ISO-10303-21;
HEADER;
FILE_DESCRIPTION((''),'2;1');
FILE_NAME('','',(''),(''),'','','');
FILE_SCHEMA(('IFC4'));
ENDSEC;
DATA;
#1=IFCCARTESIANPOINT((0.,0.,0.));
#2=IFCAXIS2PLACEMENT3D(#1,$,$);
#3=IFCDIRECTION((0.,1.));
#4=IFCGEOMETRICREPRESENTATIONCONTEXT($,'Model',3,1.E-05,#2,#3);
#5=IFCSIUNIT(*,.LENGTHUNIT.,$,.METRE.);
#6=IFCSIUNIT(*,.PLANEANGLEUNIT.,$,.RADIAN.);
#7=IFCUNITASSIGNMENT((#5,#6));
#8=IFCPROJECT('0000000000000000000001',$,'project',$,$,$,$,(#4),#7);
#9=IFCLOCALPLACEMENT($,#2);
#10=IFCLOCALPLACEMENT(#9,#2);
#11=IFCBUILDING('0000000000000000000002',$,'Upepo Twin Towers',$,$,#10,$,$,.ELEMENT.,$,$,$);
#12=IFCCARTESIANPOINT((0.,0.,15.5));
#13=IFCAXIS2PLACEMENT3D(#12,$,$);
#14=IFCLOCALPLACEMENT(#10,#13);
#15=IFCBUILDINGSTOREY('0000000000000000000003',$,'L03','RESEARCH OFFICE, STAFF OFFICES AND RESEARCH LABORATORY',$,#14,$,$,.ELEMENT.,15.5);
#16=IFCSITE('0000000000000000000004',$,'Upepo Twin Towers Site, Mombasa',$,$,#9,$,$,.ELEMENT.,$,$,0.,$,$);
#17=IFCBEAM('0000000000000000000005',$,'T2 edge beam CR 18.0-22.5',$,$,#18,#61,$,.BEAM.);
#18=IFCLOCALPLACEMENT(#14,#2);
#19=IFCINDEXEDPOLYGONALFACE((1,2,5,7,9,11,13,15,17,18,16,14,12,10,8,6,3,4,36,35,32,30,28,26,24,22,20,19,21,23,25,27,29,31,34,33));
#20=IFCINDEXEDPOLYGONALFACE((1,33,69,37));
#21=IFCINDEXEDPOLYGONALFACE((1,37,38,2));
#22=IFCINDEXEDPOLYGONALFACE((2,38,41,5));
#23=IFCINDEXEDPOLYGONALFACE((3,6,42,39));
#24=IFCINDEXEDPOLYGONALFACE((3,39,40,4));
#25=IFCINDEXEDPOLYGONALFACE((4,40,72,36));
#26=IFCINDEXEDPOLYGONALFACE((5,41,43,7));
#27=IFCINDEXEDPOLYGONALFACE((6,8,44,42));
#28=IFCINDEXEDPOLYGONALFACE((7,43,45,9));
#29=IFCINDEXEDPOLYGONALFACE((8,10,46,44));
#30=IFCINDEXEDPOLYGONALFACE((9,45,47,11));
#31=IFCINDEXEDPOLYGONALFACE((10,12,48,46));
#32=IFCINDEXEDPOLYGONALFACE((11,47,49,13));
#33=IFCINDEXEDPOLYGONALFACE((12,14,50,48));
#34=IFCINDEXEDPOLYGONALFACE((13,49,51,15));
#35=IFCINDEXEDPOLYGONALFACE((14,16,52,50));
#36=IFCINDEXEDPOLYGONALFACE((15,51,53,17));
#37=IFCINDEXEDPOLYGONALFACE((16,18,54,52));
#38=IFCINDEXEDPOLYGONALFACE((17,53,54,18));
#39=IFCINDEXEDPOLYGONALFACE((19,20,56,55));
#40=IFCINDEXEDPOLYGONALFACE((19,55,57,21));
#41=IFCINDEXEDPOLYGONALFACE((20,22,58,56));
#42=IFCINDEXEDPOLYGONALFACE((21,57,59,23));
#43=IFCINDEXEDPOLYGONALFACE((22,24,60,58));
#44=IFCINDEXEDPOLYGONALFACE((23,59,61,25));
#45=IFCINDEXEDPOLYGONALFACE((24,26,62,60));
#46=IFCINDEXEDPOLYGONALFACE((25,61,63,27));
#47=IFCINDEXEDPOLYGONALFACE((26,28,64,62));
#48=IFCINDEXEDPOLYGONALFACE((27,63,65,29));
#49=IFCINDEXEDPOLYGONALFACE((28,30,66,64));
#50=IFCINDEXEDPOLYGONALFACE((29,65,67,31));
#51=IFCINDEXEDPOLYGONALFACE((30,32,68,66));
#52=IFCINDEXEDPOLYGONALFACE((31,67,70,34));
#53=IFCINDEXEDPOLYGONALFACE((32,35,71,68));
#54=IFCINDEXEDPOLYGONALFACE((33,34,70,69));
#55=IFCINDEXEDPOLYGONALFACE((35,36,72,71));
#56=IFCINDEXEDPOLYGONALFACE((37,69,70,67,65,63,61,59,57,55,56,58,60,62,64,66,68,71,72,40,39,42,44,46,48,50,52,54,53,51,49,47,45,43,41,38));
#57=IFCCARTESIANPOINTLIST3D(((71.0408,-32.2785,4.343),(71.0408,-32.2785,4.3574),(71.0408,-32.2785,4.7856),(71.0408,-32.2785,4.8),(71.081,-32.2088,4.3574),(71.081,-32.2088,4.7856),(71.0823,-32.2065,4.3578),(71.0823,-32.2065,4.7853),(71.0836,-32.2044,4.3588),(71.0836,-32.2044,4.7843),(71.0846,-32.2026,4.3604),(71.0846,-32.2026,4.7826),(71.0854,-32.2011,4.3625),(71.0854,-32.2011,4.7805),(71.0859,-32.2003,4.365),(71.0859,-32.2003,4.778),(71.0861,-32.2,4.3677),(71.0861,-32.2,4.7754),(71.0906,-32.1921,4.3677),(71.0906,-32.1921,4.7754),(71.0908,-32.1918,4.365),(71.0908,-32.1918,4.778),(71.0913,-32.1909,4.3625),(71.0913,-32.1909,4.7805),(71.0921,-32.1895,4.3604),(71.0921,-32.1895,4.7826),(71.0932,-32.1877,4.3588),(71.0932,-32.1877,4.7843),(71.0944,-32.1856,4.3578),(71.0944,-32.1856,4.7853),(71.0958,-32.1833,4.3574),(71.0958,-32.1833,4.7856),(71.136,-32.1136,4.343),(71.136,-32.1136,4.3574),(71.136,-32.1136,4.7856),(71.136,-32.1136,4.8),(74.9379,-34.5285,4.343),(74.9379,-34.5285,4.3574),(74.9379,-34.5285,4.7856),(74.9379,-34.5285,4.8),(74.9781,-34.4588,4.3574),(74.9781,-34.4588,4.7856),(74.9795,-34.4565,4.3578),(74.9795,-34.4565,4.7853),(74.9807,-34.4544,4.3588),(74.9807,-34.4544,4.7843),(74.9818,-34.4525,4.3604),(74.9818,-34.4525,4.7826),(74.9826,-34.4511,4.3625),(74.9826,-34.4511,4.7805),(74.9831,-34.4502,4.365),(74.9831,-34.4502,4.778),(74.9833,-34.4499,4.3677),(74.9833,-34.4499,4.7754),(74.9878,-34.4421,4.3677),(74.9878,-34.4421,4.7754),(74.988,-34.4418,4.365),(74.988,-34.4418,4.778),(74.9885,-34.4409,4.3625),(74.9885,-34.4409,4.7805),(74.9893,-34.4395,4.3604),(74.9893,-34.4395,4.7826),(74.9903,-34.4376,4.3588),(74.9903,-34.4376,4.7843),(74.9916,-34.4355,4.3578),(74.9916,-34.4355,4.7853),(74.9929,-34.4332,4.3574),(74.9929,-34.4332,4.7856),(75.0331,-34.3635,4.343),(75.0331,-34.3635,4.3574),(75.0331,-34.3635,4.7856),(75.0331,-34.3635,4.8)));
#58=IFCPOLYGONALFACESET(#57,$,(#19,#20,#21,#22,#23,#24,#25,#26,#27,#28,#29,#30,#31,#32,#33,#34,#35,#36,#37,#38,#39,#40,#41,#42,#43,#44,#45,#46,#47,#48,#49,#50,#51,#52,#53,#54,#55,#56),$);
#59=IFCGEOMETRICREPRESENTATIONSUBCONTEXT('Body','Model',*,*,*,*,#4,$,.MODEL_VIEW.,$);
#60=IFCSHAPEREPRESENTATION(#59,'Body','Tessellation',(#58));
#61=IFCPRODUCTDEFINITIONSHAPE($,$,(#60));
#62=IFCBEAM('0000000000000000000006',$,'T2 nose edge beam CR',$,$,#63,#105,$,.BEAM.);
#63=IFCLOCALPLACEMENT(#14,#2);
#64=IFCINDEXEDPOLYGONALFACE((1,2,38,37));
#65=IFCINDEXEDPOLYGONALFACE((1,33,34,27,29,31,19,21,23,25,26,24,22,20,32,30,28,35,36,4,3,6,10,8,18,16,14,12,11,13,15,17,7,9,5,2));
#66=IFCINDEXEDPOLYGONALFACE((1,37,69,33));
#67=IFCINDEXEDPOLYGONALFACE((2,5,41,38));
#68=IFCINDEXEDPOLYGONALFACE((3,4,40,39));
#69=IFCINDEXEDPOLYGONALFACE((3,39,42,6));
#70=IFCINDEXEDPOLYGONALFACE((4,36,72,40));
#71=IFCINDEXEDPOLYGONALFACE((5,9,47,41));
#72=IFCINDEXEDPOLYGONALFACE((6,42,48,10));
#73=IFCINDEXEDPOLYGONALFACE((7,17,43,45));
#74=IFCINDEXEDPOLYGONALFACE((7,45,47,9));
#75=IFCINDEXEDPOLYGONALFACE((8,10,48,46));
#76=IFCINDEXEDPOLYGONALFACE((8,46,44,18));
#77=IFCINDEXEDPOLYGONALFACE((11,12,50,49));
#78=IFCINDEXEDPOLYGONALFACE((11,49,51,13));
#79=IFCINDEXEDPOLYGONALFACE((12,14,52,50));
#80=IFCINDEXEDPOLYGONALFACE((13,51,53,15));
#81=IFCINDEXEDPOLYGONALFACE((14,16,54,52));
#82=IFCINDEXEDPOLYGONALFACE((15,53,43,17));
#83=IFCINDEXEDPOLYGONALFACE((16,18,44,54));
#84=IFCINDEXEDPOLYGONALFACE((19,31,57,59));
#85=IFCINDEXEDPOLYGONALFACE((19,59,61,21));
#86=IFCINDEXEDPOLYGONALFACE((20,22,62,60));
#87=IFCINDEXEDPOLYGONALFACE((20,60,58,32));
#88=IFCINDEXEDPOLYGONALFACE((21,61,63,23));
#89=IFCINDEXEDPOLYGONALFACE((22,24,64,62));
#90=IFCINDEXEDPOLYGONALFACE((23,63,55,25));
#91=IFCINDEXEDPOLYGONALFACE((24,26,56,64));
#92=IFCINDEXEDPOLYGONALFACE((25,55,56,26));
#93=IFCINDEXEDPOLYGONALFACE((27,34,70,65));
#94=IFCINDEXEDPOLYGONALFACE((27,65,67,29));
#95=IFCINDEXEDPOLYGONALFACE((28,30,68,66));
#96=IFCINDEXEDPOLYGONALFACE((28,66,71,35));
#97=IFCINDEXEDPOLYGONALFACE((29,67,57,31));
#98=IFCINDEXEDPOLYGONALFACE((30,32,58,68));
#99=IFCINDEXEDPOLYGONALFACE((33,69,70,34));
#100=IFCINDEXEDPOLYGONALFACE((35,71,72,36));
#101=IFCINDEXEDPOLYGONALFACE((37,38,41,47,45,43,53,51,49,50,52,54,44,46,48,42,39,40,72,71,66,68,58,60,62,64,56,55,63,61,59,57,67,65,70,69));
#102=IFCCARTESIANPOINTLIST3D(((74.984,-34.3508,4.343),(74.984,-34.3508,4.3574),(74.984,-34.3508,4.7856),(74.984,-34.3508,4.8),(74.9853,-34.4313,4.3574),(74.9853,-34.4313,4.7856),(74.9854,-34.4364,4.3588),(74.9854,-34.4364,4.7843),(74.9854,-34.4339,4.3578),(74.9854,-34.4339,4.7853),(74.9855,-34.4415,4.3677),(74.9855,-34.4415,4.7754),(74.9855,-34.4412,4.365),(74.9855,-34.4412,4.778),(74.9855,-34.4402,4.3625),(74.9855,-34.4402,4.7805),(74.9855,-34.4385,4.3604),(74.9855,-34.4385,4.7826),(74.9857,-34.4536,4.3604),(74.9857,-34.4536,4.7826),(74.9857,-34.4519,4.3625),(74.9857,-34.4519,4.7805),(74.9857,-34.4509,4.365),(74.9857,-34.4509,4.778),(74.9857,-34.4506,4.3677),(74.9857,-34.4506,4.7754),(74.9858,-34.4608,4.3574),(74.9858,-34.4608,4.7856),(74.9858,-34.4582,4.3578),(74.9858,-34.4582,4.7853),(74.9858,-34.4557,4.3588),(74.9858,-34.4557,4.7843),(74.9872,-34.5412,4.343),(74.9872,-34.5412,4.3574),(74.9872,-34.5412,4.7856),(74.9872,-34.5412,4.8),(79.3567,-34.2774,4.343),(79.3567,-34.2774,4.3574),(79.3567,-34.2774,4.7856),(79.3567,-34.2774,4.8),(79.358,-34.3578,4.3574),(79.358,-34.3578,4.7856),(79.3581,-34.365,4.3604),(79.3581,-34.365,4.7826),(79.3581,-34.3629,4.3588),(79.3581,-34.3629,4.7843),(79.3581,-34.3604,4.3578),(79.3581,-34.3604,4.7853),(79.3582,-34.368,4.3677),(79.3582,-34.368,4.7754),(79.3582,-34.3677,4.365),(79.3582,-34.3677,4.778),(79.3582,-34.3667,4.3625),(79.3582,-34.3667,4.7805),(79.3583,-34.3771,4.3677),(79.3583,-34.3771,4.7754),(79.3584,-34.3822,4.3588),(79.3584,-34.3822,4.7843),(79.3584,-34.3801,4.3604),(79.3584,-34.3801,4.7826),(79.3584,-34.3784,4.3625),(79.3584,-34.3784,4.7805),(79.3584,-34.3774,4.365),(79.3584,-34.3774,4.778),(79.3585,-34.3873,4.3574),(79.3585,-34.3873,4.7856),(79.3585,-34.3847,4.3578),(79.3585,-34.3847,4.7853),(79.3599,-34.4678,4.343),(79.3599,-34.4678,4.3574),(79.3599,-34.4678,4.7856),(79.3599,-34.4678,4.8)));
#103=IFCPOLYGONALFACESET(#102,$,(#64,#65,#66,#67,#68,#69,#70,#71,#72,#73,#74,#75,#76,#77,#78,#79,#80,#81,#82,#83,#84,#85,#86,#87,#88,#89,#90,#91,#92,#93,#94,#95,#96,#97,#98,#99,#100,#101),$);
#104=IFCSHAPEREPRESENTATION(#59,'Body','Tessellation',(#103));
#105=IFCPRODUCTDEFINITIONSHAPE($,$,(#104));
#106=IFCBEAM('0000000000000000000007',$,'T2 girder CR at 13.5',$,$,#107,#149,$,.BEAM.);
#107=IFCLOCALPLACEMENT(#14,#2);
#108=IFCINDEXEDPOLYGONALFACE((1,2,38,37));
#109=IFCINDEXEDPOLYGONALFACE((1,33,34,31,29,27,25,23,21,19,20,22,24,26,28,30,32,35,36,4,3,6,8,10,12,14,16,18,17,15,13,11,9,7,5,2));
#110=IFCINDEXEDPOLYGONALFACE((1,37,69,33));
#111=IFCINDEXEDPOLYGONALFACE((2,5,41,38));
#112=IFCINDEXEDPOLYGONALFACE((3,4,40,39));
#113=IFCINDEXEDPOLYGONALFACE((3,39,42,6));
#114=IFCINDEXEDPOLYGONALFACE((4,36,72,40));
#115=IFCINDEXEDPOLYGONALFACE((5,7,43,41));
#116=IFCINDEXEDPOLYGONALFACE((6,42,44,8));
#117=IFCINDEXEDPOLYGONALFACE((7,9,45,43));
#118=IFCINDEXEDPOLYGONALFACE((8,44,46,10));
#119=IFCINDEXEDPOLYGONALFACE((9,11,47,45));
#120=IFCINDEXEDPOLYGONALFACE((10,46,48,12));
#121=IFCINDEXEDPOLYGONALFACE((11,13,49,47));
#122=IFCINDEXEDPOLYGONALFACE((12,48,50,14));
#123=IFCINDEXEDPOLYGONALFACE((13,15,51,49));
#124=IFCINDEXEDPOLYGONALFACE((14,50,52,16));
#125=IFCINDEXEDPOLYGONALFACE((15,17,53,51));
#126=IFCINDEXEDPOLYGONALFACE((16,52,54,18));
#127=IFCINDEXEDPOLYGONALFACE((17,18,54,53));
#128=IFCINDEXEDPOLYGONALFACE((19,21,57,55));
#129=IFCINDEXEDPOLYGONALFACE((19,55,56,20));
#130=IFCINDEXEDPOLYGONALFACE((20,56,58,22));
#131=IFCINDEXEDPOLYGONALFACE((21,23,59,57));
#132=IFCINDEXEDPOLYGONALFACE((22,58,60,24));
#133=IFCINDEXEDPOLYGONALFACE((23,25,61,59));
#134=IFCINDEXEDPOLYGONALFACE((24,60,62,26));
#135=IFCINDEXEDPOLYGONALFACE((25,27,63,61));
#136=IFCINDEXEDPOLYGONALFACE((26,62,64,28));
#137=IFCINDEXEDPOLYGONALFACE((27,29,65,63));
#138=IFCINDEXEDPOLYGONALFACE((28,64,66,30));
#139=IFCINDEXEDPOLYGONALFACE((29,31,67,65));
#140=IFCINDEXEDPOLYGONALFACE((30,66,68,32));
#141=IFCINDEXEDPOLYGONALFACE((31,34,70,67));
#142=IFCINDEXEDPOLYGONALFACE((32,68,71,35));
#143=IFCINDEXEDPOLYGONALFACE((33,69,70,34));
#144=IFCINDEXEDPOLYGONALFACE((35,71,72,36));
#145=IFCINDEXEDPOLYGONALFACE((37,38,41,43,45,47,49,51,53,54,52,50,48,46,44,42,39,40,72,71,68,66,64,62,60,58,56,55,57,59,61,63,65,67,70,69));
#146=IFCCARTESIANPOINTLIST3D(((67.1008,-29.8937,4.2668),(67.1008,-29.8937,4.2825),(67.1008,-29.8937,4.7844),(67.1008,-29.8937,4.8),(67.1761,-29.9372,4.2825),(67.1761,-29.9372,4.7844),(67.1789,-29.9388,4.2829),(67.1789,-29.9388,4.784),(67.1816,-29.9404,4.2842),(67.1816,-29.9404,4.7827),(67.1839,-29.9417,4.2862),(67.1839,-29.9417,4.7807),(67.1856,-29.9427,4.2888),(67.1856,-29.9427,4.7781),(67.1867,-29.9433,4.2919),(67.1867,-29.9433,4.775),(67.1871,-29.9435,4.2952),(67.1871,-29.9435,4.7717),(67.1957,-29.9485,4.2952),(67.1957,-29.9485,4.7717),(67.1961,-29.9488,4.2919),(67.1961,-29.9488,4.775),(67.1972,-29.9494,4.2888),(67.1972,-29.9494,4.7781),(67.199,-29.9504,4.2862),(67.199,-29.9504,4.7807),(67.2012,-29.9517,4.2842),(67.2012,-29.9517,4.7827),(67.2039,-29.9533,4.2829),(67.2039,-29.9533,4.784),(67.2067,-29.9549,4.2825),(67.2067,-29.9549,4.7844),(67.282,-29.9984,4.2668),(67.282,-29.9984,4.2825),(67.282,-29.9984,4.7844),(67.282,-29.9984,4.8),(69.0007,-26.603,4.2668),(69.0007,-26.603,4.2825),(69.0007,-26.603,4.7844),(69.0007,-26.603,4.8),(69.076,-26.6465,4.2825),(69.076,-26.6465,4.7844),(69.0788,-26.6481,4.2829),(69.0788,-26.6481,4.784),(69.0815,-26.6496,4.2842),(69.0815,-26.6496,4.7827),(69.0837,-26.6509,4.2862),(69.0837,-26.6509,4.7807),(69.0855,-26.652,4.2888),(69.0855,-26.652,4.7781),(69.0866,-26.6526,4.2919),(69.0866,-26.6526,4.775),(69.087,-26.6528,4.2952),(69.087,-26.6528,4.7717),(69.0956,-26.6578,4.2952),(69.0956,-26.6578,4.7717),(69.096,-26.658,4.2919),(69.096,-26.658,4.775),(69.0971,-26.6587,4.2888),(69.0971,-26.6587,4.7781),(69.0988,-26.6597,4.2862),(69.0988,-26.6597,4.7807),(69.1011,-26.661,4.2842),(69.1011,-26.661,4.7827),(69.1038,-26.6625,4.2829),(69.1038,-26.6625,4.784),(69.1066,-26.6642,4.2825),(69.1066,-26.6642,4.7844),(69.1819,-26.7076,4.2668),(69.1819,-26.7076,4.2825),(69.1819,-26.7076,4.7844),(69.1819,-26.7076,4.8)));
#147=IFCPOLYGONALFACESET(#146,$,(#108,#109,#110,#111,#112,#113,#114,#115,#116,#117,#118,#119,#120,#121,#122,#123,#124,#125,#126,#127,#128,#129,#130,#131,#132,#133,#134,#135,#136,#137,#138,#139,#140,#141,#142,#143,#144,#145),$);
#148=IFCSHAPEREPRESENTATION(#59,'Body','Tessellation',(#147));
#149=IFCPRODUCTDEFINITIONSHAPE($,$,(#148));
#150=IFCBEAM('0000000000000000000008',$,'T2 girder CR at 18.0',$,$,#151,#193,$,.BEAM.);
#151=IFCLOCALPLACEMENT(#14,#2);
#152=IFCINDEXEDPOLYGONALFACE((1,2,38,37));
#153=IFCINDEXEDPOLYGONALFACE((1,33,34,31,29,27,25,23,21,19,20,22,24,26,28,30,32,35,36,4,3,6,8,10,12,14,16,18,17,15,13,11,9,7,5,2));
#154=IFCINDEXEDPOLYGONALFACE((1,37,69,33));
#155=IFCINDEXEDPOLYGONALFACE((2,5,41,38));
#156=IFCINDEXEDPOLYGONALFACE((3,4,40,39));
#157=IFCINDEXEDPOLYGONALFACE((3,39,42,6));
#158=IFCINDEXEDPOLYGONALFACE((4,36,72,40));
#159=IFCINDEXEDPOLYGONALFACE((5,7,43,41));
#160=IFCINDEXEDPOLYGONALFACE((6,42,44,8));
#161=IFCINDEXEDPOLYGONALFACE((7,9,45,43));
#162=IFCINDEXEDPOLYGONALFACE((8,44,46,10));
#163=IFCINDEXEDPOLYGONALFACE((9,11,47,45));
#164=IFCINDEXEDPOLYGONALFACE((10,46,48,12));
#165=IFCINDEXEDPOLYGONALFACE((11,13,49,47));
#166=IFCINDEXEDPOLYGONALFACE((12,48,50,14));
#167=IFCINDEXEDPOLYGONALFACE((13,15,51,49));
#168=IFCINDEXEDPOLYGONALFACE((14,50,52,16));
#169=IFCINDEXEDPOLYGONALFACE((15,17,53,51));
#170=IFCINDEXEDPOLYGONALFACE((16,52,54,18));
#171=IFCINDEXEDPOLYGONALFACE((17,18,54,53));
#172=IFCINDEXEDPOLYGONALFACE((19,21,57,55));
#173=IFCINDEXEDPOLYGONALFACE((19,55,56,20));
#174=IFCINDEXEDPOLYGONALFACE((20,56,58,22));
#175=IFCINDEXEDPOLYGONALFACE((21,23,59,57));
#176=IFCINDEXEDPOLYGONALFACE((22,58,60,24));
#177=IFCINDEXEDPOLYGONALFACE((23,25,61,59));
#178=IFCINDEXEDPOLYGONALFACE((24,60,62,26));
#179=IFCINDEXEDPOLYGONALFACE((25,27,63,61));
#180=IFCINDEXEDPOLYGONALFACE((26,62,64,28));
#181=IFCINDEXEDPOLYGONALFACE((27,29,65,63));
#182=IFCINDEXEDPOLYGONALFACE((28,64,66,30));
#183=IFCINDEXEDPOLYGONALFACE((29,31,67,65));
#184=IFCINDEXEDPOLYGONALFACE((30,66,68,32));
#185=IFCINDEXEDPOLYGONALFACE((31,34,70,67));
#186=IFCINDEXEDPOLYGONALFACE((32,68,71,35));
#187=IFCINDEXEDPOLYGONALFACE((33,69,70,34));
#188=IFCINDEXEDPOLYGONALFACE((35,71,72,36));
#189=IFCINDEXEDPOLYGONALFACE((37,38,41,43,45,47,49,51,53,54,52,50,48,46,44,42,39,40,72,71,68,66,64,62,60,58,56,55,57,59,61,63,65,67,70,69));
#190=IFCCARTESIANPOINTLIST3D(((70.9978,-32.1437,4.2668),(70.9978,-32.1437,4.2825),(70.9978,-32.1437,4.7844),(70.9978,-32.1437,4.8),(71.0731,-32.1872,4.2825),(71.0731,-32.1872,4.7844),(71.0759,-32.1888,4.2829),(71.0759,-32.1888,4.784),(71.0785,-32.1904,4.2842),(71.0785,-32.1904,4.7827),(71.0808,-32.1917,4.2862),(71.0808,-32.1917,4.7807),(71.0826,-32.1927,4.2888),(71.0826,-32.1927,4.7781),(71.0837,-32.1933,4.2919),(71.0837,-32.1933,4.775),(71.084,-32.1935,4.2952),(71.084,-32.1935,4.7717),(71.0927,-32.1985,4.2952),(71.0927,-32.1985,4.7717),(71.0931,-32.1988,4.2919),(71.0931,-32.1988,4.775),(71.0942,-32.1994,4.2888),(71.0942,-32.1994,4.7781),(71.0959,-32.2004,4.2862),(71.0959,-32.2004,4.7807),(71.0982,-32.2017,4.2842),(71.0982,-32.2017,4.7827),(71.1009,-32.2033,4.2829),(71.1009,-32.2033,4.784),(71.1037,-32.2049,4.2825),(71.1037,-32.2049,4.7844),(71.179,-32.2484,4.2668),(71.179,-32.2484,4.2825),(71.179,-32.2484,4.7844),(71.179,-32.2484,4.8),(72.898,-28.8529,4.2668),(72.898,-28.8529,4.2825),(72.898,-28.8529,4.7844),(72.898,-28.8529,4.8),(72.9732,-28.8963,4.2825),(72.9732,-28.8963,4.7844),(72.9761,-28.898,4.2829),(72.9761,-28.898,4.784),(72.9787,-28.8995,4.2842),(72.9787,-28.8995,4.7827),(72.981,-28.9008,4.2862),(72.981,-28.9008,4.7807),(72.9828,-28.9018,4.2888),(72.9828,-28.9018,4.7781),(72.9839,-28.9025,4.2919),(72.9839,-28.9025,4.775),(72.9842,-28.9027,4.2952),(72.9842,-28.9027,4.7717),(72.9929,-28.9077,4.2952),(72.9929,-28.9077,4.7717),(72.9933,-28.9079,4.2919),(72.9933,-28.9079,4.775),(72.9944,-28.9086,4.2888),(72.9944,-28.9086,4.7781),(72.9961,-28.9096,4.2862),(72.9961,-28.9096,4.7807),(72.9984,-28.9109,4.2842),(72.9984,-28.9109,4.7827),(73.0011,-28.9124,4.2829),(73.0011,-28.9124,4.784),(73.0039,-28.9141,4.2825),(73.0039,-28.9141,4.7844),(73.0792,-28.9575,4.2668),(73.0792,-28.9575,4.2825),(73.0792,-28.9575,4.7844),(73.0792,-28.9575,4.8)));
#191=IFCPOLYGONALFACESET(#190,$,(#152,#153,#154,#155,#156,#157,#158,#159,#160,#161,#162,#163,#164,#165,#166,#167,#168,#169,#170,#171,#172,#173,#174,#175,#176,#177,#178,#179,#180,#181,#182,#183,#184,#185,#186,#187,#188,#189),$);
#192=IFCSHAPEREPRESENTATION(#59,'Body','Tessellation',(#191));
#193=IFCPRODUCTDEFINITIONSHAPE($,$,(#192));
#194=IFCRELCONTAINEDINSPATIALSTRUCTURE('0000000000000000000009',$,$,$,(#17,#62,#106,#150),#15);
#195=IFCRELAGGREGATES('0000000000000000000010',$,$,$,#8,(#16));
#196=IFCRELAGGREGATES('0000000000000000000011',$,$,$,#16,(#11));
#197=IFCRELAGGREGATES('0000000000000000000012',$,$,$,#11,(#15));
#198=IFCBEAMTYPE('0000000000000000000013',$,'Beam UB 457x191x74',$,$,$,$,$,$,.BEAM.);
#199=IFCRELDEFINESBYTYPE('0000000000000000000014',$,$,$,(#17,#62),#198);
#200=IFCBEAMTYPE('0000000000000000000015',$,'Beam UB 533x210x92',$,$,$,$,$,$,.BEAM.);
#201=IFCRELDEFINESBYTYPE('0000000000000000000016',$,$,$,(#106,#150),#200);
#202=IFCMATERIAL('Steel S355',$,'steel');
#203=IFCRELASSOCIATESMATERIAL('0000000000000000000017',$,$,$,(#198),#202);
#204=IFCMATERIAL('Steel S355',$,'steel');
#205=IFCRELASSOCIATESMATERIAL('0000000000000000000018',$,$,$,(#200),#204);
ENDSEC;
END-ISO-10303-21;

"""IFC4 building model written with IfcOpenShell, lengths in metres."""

from ifc_helpers import new_model, si_unit, direction, frame, origin, origin_2d, place, context, subcontext, project, spatial, i_section, extrude, material, material_profile, profile_set, type_object, element, save


model = new_model("IFC4")

# Units and contexts
model_context = context("Model", 3, precision=1e-05, world=origin(), true_north=direction((0.0, 1.0)))
body_context = subcontext(model_context, "Body", "Model", "MODEL_VIEW")
ifc_project = project(units=[si_unit("LENGTHUNIT", "METRE"), si_unit("PLANEANGLEUNIT", "RADIAN")], contexts=[model_context])

# Site, building, storey
site_placement = place(None, origin())
site = spatial("IfcSite", under=ifc_project, at=site_placement, Name="Upepo Twin Towers Site, Mombasa", CompositionType="ELEMENT", RefElevation=0.0)
building_placement = place(site_placement, origin())
building = spatial("IfcBuilding", under=site, at=building_placement, Name="Upepo Twin Towers", CompositionType="ELEMENT")
storey_placement = place(building_placement, frame((0.0, 0.0, 15.5)))
storey = spatial("IfcBuildingStorey", under=building, at=storey_placement, Name="L03", Description="RESEARCH OFFICE, STAFF OFFICES AND RESEARCH LABORATORY", CompositionType="ELEMENT", Elevation=15.5)

# Beams
ifc_material_1 = material(Name="Steel S355", Category="steel")
ifc_material_profile_1 = material_profile(ifc_material_1, i_section(OverallWidth=0.1904, OverallDepth=0.457, WebThickness=0.009, FlangeThickness=0.0144, FilletRadius=0.0103, at=origin_2d()), Name="UB 457x191x74")
ifc_profile_set_1 = profile_set([ifc_material_profile_1], Name="Steel S355")
beam_type_1 = type_object("IfcBeamType", Name="Beam UB 457x191x74", PredefinedType="BEAM", material=ifc_profile_set_1)
beam_1_placement = place(storey_placement, frame((71.0884, -32.196, 4.5715), z_axis=(0.866031, -0.49999, 0.0), x_axis=(0.49999, 0.866031, 0.0)))
element("IfcBeam", 1, at=beam_1_placement, inside=storey, type_object=beam_type_1, Name="T2 edge beam CR 18.0-22.5", PredefinedType="BEAM", context=body_context, shape_type="SweptSolid", body=[
    extrude(i_section(OverallWidth=0.1904, OverallDepth=0.457, WebThickness=0.009, FlangeThickness=0.0144, FilletRadius=0.0103, at=origin_2d()), origin(), (0.0, 0.0, 1.0), 4.5),
])
beam_2_placement = place(storey_placement, frame((74.9856, -34.446, 4.5715), z_axis=(0.999859, 0.016804, 0.0), x_axis=(-0.016804, 0.999859, 0.0)))
element("IfcBeam", 2, at=beam_2_placement, inside=storey, type_object=beam_type_1, Name="T2 nose edge beam CR", PredefinedType="BEAM", context=body_context, shape_type="SweptSolid", body=[
    extrude(i_section(OverallWidth=0.1904, OverallDepth=0.457, WebThickness=0.009, FlangeThickness=0.0144, FilletRadius=0.0103, at=origin_2d()), origin(), (0.0, 0.0, 1.0), 4.3733),
])
ifc_material_2 = material(Name="Steel S355", Category="steel")
ifc_material_profile_2 = material_profile(ifc_material_2, i_section(OverallWidth=0.2092, OverallDepth=0.5332, WebThickness=0.01, FlangeThickness=0.0156, FilletRadius=0.0127, at=origin_2d()), Name="UB 533x210x92")
ifc_profile_set_2 = profile_set([ifc_material_profile_2], Name="Steel S355")
beam_type_2 = type_object("IfcBeamType", Name="Beam UB 533x210x92", PredefinedType="BEAM", material=ifc_profile_set_2)
beam_3_placement = place(storey_placement, frame((67.1914, -29.946, 4.5334), z_axis=(0.499995, 0.866028, 0.0), x_axis=(-0.866028, 0.499995, 0.0)))
element("IfcBeam", 3, at=beam_3_placement, inside=storey, type_object=beam_type_2, Name="T2 girder CR at 13.5", PredefinedType="BEAM", context=body_context, shape_type="SweptSolid", body=[
    extrude(i_section(OverallWidth=0.2092, OverallDepth=0.5332, WebThickness=0.01, FlangeThickness=0.0156, FilletRadius=0.0127, at=origin_2d()), origin(), (0.0, 0.0, 1.0), 3.7998),
])
beam_4_placement = place(storey_placement, frame((71.0884, -32.196, 4.5334), z_axis=(0.500043, 0.866, 0.0), x_axis=(-0.866, 0.500043, 0.0)))
element("IfcBeam", 4, at=beam_4_placement, inside=storey, type_object=beam_type_2, Name="T2 girder CR at 18.0", PredefinedType="BEAM", context=body_context, shape_type="SweptSolid", body=[
    extrude(i_section(OverallWidth=0.2092, OverallDepth=0.5332, WebThickness=0.01, FlangeThickness=0.0156, FilletRadius=0.0127, at=origin_2d()), origin(), (0.0, 0.0, 1.0), 3.8),
])

save(model, "model.ifc")
